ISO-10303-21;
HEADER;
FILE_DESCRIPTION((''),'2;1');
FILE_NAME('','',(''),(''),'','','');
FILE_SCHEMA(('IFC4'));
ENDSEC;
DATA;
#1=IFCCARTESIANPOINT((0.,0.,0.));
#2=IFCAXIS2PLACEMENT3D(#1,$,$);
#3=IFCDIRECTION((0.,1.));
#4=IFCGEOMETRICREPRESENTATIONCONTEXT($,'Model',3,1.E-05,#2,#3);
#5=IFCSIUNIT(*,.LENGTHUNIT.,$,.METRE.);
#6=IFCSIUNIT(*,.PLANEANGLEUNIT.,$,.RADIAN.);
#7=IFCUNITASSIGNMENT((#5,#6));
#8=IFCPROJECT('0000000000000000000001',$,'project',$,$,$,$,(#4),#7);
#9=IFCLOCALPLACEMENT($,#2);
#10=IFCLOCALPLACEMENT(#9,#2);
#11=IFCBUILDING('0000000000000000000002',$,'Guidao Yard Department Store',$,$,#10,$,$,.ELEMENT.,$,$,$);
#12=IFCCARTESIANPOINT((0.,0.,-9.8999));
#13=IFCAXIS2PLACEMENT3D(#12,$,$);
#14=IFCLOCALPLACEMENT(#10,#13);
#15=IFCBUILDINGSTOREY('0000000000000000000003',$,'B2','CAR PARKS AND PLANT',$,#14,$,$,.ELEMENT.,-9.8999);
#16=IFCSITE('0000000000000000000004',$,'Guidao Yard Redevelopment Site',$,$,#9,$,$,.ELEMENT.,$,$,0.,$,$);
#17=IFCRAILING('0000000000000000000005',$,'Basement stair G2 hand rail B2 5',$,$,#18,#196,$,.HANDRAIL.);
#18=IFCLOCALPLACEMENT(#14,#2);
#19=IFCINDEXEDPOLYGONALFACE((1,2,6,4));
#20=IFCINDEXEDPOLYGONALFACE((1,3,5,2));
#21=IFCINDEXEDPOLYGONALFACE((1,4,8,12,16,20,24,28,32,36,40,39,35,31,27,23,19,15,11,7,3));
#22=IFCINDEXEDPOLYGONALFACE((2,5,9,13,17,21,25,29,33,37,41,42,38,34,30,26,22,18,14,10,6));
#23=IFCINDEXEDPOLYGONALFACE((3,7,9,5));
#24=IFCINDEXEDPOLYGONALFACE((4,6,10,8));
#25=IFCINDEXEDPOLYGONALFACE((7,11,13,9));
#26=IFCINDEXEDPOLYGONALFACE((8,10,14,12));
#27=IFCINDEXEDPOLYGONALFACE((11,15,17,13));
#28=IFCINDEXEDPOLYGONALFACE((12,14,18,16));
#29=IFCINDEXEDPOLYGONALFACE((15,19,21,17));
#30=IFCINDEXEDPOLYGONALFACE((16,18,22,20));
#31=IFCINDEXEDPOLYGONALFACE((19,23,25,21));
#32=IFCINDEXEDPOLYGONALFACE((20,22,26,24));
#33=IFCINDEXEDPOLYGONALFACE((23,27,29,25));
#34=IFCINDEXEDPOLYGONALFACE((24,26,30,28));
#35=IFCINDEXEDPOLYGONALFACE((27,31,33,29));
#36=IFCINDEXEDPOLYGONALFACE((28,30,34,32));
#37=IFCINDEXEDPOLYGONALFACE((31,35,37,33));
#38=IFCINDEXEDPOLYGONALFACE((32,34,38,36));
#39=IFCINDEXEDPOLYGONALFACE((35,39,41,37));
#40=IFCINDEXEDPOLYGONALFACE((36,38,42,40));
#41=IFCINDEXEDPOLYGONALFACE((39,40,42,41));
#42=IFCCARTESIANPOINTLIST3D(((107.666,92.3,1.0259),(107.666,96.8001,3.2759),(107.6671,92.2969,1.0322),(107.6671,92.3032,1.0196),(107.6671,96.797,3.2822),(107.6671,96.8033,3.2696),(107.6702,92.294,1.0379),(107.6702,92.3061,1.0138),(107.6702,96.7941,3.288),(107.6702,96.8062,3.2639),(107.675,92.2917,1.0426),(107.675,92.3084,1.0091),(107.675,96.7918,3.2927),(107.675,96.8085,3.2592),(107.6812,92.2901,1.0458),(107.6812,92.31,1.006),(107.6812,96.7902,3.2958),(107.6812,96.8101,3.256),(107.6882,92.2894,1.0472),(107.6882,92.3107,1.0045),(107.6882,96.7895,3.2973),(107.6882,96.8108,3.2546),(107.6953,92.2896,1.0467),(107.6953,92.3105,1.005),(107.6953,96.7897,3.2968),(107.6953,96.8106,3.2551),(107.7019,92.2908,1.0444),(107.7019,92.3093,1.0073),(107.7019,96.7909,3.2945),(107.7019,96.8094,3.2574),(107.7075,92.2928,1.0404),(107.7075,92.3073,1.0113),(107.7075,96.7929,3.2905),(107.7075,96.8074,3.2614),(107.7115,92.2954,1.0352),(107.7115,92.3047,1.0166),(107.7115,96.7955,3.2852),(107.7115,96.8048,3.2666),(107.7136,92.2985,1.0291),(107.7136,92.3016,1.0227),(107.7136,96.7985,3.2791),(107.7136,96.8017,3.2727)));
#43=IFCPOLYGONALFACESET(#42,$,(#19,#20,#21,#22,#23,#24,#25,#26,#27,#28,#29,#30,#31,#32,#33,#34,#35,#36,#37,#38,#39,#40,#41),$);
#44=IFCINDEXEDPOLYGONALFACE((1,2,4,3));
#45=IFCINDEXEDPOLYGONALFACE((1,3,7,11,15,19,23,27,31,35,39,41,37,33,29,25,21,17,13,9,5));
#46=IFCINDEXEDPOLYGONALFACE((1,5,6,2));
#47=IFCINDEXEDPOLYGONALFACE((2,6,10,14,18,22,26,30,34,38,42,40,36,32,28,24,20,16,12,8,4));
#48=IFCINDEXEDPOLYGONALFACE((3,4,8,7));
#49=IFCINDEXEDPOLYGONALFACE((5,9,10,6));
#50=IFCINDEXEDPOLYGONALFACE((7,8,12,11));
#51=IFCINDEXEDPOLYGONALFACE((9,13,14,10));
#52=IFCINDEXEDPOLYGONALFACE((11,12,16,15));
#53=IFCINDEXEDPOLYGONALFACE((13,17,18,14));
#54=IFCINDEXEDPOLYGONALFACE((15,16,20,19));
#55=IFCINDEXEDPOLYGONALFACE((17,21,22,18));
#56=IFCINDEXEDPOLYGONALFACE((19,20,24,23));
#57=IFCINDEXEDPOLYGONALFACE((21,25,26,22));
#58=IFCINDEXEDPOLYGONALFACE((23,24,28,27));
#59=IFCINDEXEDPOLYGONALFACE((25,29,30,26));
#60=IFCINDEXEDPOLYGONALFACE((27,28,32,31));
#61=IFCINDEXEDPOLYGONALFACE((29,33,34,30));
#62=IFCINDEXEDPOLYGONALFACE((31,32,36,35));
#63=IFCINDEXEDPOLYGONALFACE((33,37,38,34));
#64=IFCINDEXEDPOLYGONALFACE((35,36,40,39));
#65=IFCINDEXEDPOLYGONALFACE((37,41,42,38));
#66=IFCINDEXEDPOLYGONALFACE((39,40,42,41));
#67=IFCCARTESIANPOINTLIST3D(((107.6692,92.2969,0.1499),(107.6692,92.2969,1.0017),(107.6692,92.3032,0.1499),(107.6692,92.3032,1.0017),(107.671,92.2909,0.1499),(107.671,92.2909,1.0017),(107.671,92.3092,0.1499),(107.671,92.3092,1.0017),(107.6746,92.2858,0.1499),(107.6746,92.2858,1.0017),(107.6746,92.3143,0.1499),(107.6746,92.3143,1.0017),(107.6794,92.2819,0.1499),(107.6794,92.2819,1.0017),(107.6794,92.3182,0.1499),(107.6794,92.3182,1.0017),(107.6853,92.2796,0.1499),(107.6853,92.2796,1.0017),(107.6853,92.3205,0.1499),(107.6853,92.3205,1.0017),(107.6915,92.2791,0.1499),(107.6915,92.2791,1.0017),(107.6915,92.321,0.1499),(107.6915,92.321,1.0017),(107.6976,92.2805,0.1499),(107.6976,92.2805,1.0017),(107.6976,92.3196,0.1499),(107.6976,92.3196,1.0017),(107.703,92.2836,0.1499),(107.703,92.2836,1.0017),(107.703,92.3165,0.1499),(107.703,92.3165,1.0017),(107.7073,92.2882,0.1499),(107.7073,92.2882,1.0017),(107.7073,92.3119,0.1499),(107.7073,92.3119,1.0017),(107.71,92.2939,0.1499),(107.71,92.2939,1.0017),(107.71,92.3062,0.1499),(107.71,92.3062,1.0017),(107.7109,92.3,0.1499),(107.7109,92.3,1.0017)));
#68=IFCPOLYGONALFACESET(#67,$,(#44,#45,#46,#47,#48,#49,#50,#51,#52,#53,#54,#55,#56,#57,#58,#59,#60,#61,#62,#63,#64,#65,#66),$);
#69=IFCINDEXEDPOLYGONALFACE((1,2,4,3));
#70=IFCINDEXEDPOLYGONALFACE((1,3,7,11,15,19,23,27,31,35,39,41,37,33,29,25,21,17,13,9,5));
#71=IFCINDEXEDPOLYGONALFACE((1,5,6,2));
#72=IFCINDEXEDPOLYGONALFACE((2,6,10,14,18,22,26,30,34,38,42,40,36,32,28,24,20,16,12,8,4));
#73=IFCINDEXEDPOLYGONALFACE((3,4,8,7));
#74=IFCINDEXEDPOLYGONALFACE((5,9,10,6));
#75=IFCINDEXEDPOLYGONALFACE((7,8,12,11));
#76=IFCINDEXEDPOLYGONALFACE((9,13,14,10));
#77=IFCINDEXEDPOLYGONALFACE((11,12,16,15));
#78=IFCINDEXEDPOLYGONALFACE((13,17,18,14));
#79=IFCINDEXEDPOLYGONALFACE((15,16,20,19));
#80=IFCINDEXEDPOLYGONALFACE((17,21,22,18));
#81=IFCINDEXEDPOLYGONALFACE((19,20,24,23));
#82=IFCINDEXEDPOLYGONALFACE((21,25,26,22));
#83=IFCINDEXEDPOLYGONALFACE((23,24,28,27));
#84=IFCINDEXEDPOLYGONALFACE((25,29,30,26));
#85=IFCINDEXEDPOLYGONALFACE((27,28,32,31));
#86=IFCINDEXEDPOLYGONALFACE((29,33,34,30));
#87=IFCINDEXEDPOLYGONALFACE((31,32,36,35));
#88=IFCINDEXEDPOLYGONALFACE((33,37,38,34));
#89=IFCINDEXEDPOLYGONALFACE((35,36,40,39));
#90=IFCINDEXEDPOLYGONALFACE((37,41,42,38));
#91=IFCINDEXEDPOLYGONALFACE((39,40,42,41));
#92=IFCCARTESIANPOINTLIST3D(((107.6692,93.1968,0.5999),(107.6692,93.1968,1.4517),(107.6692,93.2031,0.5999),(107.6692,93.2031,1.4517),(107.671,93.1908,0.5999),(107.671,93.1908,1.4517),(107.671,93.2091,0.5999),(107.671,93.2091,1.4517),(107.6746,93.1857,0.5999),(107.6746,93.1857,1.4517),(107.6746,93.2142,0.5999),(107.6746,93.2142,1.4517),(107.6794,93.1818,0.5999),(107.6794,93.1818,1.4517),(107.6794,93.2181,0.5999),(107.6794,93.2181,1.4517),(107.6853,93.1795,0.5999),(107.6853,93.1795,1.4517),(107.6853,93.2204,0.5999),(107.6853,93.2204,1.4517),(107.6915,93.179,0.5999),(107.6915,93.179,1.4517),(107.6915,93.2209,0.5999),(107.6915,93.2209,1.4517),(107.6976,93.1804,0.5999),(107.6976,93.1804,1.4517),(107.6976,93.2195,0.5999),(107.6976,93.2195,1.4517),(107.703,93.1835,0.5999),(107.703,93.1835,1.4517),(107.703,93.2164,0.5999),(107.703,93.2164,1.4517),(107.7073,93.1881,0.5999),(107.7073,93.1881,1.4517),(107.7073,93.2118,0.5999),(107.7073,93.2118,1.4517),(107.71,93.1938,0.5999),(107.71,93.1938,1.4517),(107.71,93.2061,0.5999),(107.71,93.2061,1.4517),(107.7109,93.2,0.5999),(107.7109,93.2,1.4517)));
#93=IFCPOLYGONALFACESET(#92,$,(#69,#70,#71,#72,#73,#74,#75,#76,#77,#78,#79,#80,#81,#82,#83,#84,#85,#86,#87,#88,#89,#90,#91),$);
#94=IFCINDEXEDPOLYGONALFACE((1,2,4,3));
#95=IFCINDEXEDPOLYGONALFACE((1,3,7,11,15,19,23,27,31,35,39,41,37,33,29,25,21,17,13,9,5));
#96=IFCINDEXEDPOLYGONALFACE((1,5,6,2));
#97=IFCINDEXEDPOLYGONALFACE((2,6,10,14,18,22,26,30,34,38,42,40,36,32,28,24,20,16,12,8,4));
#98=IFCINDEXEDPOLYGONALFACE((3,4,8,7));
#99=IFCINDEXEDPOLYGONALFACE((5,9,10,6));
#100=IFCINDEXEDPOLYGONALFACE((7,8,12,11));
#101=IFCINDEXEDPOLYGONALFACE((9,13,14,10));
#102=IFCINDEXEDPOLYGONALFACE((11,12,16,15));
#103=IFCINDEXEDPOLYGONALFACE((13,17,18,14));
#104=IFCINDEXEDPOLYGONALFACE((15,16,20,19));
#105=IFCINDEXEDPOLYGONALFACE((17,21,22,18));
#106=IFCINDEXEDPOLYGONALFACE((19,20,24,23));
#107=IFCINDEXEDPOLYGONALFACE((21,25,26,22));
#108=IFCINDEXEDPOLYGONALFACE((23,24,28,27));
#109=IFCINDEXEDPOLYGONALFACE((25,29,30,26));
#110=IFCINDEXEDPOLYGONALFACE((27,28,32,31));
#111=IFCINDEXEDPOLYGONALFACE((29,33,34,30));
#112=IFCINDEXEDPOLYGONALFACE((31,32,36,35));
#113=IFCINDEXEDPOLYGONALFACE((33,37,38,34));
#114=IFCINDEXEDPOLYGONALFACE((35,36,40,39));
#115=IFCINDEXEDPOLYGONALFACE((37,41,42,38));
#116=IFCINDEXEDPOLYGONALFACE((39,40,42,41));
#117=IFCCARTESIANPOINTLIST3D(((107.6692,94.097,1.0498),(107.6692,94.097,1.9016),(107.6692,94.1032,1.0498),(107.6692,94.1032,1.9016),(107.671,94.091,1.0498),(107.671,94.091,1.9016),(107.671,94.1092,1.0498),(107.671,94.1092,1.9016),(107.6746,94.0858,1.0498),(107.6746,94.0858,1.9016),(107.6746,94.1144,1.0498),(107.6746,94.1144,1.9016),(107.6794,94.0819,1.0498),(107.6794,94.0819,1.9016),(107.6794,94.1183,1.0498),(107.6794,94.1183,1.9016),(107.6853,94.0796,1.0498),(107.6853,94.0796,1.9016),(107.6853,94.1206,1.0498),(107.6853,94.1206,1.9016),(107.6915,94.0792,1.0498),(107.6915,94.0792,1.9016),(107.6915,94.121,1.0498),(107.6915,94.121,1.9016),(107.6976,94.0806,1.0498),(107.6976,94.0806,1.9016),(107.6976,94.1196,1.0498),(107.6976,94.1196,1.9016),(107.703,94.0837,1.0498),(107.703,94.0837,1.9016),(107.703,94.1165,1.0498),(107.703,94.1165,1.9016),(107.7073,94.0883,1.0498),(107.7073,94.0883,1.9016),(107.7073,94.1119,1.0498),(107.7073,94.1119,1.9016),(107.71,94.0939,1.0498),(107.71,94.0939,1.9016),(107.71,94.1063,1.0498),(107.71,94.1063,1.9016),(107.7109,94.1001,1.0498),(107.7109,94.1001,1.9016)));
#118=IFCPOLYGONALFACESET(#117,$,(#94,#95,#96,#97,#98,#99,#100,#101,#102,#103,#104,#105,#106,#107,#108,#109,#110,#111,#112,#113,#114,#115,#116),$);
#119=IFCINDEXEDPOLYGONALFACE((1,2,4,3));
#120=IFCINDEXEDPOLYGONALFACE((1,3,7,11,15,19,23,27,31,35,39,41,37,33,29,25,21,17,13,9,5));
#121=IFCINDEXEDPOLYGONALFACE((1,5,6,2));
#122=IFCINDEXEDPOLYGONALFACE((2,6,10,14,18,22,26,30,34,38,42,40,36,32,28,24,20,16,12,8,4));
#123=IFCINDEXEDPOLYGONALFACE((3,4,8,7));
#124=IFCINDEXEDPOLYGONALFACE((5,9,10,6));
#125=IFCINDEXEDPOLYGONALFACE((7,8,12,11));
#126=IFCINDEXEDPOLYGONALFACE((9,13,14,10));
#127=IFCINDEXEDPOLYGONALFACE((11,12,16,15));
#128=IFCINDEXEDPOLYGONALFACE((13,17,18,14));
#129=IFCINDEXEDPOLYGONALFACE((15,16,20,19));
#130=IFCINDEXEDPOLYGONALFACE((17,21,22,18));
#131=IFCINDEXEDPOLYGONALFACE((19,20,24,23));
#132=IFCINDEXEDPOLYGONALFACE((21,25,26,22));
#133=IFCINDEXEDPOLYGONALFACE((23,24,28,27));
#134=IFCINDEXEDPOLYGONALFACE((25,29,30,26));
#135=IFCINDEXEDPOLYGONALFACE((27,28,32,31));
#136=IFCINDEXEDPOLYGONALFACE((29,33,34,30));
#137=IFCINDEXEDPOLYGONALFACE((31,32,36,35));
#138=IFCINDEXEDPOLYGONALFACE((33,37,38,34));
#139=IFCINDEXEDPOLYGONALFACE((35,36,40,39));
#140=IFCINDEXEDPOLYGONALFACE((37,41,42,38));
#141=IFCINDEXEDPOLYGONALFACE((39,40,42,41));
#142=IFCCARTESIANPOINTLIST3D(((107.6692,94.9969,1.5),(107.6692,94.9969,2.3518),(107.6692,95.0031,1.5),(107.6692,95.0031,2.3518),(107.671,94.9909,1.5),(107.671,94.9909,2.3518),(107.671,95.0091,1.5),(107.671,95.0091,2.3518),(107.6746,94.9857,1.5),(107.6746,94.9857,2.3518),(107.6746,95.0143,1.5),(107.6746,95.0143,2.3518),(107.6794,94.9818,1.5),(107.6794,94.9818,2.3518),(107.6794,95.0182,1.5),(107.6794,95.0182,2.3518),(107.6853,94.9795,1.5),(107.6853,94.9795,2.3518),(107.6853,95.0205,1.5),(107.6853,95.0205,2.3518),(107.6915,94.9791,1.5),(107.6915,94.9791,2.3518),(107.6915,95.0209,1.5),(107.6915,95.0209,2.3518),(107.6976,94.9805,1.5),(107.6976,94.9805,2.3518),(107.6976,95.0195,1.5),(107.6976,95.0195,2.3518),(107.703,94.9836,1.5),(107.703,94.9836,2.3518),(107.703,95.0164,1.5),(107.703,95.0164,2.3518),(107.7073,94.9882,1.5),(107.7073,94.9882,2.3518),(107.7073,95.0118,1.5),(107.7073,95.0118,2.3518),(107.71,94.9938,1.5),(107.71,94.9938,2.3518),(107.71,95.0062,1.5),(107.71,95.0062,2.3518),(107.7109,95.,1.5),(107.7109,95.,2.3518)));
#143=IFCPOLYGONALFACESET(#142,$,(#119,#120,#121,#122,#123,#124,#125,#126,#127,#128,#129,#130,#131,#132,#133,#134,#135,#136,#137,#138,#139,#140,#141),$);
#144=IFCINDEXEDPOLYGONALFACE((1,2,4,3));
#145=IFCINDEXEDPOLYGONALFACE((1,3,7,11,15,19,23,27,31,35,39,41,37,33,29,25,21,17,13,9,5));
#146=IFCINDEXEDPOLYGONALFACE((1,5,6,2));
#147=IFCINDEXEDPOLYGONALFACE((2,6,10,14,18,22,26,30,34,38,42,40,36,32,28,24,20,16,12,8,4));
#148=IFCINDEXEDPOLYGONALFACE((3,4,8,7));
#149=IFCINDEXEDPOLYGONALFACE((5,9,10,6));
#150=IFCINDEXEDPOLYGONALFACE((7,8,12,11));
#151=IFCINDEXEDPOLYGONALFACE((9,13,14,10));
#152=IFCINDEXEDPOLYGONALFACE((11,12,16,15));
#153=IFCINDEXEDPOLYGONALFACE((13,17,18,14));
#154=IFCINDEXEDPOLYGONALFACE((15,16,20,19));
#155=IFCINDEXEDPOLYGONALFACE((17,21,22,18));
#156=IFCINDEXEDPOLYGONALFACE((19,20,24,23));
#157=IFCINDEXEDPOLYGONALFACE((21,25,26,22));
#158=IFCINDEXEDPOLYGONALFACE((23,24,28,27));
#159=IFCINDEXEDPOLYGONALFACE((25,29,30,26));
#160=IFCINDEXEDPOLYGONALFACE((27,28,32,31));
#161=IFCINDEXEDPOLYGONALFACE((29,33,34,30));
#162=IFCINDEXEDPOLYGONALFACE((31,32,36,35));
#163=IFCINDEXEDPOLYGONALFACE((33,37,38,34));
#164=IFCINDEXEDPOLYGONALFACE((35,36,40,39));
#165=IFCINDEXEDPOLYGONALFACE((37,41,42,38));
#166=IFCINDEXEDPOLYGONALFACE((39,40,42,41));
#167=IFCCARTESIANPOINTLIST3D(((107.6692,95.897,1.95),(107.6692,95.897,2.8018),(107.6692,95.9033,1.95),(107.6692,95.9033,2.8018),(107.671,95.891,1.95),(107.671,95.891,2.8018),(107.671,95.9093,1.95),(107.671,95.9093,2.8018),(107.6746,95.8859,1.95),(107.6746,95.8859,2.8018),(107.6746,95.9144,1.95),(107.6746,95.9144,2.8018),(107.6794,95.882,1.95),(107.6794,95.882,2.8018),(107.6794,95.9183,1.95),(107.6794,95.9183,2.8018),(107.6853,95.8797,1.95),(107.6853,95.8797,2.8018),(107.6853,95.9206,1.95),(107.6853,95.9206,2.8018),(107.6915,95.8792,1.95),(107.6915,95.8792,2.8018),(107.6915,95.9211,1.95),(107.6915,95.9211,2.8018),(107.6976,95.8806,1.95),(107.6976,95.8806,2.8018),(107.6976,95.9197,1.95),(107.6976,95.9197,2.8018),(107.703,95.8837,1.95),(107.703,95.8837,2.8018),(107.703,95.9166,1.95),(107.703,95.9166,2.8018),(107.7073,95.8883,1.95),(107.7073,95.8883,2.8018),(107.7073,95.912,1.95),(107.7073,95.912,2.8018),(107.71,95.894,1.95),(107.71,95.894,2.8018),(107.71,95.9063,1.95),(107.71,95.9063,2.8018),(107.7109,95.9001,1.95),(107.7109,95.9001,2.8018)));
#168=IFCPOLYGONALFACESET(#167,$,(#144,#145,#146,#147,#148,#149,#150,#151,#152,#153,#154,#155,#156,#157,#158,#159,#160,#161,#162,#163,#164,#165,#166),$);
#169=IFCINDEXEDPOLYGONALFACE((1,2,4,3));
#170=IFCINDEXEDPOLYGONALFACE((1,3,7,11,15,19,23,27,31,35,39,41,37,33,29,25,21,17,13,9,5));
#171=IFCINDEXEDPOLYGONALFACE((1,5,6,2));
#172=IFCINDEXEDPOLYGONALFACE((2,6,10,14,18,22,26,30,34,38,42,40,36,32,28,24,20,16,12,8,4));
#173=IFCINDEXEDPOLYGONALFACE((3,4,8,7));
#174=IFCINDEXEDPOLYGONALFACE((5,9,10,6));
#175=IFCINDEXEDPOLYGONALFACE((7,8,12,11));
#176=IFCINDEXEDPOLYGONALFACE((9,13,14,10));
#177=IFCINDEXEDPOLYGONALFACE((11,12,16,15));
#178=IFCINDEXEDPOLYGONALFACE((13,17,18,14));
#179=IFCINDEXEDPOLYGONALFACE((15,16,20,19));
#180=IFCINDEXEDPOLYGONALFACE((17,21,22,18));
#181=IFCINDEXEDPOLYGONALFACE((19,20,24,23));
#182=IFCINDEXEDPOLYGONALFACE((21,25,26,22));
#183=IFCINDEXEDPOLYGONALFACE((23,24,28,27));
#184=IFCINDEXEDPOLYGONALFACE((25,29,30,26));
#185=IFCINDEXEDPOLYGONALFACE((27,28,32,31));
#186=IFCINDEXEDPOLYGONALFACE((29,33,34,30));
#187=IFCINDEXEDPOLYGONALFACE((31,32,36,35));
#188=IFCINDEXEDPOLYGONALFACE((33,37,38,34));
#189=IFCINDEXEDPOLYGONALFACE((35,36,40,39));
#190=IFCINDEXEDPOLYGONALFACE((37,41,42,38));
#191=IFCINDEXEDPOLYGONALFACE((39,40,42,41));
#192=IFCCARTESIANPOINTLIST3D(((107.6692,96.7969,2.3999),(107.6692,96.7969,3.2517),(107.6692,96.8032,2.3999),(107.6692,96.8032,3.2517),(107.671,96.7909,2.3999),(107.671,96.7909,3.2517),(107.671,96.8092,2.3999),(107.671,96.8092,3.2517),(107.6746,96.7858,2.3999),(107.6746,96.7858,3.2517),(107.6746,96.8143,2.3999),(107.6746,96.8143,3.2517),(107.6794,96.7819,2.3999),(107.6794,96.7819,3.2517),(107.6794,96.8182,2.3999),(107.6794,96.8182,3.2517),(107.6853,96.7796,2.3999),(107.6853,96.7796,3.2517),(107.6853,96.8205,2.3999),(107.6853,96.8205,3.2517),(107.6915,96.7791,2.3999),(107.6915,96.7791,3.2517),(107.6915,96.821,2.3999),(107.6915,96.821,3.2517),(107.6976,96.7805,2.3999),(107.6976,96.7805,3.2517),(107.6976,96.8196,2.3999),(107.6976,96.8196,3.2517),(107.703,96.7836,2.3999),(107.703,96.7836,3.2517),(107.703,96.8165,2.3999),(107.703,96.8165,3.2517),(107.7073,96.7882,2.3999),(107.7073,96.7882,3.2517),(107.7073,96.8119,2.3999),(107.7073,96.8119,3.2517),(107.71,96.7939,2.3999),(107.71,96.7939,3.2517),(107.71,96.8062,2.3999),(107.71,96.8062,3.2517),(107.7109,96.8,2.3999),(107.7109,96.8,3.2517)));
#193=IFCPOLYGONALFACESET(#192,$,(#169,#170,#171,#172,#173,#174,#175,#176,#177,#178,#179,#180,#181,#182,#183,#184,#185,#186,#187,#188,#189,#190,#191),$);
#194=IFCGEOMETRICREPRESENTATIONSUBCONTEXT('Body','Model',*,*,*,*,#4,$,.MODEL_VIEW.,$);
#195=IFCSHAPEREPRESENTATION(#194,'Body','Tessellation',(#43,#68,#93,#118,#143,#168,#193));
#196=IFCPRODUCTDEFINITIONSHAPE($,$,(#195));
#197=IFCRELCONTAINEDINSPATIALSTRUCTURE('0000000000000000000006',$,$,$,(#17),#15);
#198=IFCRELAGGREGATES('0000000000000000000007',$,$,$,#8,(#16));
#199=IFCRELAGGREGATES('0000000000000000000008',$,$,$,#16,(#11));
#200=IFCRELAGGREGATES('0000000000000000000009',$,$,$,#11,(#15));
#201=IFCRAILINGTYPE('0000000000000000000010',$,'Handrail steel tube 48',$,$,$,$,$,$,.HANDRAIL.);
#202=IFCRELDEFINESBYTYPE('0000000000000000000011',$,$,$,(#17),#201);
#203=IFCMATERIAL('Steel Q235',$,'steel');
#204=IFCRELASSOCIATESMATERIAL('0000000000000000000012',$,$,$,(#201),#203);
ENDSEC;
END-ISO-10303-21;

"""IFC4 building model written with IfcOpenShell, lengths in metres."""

from ifc_helpers import new_model, si_unit, direction, frame, origin, origin_2d, place, context, subcontext, project, spatial, circle, extrude, material, type_object, element, save


model = new_model("IFC4")

# Units and contexts
model_context = context("Model", 3, precision=1e-05, world=origin(), true_north=direction((0.0, 1.0)))
body_context = subcontext(model_context, "Body", "Model", "MODEL_VIEW")
ifc_project = project(units=[si_unit("LENGTHUNIT", "METRE"), si_unit("PLANEANGLEUNIT", "RADIAN")], contexts=[model_context])

# Site, building, storey
site_placement = place(None, origin())
site = spatial("IfcSite", under=ifc_project, at=site_placement, Name="Guidao Yard Redevelopment Site", CompositionType="ELEMENT", RefElevation=0.0)
building_placement = place(site_placement, origin())
building = spatial("IfcBuilding", under=site, at=building_placement, Name="Guidao Yard Department Store", CompositionType="ELEMENT")
storey_placement = place(building_placement, frame((0.0, 0.0, -9.8999)))
storey = spatial("IfcBuildingStorey", under=building, at=storey_placement, Name="B2", Description="CAR PARKS AND PLANT", CompositionType="ELEMENT", Elevation=-9.8999)

# Railing
ifc_material_1 = material(Name="Steel Q235", Category="steel")
railing_type_1 = type_object("IfcRailingType", Name="Handrail steel tube 48", PredefinedType="HANDRAIL", material=ifc_material_1)
for number, where, name in (
    (1, (107.6899, 92.3, 0.1499), "Basement stair G2 hand rail B2 5"),
):
    element("IfcRailing", number, at=place(storey_placement, frame(where)), inside=storey, type_object=railing_type_1, Name=name, PredefinedType="HANDRAIL", context=body_context, shape_type="SweptSolid", body=[
        extrude(circle(Radius=0.0239, at=origin_2d()), frame((0.0, 0.0, 0.876), z_axis=(0.0, 0.894427, 0.447214), x_axis=(-1.0, 0.0, 0.0)), (0.0, 0.0, 1.0), 5.0312),
        extrude(circle(Radius=0.021, at=origin_2d()), origin(), (0.0, 0.0, 1.0), 0.8518),
        extrude(circle(Radius=0.021, at=origin_2d()), frame((0.0, 0.8999, 0.45)), (0.0, 0.0, 1.0), 0.8518),
        extrude(circle(Radius=0.021, at=origin_2d()), frame((0.0, 1.8, 0.8999)), (0.0, 0.0, 1.0), 0.8518),
        extrude(circle(Radius=0.021, at=origin_2d()), frame((0.0, 2.7, 1.3501)), (0.0, 0.0, 1.0), 0.8518),
        extrude(circle(Radius=0.021, at=origin_2d()), frame((0.0, 3.6001, 1.8)), (0.0, 0.0, 1.0), 0.8518),
        extrude(circle(Radius=0.021, at=origin_2d()), frame((0.0, 4.5, 2.25)), (0.0, 0.0, 1.0), 0.8518),
    ])

save(model, "model.ifc")
